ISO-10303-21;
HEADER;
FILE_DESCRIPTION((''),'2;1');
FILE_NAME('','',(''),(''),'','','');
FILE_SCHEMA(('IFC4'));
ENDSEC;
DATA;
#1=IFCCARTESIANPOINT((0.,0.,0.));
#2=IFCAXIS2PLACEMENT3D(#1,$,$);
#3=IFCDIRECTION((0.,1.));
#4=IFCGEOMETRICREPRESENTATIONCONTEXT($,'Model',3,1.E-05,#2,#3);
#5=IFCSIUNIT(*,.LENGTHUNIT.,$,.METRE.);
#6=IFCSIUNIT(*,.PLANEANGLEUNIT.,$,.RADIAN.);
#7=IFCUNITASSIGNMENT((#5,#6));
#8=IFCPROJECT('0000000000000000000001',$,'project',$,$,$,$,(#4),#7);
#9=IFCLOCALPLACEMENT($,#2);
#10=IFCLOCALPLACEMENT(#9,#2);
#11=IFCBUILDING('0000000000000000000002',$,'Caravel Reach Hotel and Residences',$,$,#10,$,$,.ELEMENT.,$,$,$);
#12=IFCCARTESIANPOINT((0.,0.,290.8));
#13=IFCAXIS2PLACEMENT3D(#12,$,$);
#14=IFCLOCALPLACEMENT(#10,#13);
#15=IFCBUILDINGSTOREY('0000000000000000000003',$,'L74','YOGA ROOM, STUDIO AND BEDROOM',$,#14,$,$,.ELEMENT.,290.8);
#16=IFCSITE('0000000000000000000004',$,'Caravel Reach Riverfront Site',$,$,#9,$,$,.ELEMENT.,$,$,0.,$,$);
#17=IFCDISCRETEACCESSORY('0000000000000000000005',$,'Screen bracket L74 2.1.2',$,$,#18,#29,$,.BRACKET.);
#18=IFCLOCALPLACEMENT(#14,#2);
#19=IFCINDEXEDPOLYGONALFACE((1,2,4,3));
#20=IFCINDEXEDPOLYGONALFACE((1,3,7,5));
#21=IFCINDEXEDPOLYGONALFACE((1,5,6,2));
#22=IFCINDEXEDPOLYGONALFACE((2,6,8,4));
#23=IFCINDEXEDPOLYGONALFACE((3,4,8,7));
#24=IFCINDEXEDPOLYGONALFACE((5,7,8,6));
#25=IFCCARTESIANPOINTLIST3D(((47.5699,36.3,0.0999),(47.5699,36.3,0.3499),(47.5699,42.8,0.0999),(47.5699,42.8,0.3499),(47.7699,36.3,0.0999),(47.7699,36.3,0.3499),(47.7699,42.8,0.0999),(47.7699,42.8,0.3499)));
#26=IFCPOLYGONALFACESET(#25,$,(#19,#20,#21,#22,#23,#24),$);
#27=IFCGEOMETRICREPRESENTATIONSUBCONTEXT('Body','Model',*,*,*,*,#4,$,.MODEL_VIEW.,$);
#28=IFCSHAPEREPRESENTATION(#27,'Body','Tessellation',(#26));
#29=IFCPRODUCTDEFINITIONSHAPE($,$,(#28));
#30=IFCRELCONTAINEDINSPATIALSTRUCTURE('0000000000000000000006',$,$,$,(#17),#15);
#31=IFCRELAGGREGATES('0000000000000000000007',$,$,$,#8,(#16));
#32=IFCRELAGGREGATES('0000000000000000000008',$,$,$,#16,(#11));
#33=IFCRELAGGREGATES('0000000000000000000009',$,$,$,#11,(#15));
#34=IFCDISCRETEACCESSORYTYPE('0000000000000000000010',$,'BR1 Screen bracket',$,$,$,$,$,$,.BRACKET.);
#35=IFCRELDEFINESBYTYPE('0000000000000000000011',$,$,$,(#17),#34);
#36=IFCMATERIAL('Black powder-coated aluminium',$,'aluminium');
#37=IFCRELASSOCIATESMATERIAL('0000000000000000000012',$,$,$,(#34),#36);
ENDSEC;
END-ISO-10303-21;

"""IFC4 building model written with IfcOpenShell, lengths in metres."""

from ifc_helpers import new_model, si_unit, direction, frame, origin, origin_2d, place, context, subcontext, project, spatial, rectangle, extrude, material, type_object, element, save


model = new_model("IFC4")

# Units and contexts
model_context = context("Model", 3, precision=1e-05, world=origin(), true_north=direction((0.0, 1.0)))
body_context = subcontext(model_context, "Body", "Model", "MODEL_VIEW")
ifc_project = project(units=[si_unit("LENGTHUNIT", "METRE"), si_unit("PLANEANGLEUNIT", "RADIAN")], contexts=[model_context])

# Site, building, storey
site_placement = place(None, origin())
site = spatial("IfcSite", under=ifc_project, at=site_placement, Name="Caravel Reach Riverfront Site", CompositionType="ELEMENT", RefElevation=0.0)
building_placement = place(site_placement, origin())
building = spatial("IfcBuilding", under=site, at=building_placement, Name="Caravel Reach Hotel and Residences", CompositionType="ELEMENT")
storey_placement = place(building_placement, frame((0.0, 0.0, 290.8)))
storey = spatial("IfcBuildingStorey", under=building, at=storey_placement, Name="L74", Description="YOGA ROOM, STUDIO AND BEDROOM", CompositionType="ELEMENT", Elevation=290.8)

# Discrete accessory
ifc_material_1 = material(Name="Black powder-coated aluminium", Category="aluminium")
discrete_accessory_type = type_object("IfcDiscreteAccessoryType", Name="BR1 Screen bracket", PredefinedType="BRACKET", material=ifc_material_1)
for number, where, z_axis, x_axis, name in (
    (1, (47.6699, 39.55, 0.0999), (0.0, 0.0, 1.0), (0.0, 1.0, 0.0), "Screen bracket L74 2.1.2"),
):
    element("IfcDiscreteAccessory", number, at=place(storey_placement, frame(where, z_axis=z_axis, x_axis=x_axis)), inside=storey, type_object=discrete_accessory_type, Name=name, PredefinedType="BRACKET", context=body_context, shape_type="SweptSolid", body=[
        extrude(rectangle(XDim=6.5, YDim=0.2, at=origin_2d()), origin(), (0.0, 0.0, 1.0), 0.25),
    ])

save(model, "model.ifc")
